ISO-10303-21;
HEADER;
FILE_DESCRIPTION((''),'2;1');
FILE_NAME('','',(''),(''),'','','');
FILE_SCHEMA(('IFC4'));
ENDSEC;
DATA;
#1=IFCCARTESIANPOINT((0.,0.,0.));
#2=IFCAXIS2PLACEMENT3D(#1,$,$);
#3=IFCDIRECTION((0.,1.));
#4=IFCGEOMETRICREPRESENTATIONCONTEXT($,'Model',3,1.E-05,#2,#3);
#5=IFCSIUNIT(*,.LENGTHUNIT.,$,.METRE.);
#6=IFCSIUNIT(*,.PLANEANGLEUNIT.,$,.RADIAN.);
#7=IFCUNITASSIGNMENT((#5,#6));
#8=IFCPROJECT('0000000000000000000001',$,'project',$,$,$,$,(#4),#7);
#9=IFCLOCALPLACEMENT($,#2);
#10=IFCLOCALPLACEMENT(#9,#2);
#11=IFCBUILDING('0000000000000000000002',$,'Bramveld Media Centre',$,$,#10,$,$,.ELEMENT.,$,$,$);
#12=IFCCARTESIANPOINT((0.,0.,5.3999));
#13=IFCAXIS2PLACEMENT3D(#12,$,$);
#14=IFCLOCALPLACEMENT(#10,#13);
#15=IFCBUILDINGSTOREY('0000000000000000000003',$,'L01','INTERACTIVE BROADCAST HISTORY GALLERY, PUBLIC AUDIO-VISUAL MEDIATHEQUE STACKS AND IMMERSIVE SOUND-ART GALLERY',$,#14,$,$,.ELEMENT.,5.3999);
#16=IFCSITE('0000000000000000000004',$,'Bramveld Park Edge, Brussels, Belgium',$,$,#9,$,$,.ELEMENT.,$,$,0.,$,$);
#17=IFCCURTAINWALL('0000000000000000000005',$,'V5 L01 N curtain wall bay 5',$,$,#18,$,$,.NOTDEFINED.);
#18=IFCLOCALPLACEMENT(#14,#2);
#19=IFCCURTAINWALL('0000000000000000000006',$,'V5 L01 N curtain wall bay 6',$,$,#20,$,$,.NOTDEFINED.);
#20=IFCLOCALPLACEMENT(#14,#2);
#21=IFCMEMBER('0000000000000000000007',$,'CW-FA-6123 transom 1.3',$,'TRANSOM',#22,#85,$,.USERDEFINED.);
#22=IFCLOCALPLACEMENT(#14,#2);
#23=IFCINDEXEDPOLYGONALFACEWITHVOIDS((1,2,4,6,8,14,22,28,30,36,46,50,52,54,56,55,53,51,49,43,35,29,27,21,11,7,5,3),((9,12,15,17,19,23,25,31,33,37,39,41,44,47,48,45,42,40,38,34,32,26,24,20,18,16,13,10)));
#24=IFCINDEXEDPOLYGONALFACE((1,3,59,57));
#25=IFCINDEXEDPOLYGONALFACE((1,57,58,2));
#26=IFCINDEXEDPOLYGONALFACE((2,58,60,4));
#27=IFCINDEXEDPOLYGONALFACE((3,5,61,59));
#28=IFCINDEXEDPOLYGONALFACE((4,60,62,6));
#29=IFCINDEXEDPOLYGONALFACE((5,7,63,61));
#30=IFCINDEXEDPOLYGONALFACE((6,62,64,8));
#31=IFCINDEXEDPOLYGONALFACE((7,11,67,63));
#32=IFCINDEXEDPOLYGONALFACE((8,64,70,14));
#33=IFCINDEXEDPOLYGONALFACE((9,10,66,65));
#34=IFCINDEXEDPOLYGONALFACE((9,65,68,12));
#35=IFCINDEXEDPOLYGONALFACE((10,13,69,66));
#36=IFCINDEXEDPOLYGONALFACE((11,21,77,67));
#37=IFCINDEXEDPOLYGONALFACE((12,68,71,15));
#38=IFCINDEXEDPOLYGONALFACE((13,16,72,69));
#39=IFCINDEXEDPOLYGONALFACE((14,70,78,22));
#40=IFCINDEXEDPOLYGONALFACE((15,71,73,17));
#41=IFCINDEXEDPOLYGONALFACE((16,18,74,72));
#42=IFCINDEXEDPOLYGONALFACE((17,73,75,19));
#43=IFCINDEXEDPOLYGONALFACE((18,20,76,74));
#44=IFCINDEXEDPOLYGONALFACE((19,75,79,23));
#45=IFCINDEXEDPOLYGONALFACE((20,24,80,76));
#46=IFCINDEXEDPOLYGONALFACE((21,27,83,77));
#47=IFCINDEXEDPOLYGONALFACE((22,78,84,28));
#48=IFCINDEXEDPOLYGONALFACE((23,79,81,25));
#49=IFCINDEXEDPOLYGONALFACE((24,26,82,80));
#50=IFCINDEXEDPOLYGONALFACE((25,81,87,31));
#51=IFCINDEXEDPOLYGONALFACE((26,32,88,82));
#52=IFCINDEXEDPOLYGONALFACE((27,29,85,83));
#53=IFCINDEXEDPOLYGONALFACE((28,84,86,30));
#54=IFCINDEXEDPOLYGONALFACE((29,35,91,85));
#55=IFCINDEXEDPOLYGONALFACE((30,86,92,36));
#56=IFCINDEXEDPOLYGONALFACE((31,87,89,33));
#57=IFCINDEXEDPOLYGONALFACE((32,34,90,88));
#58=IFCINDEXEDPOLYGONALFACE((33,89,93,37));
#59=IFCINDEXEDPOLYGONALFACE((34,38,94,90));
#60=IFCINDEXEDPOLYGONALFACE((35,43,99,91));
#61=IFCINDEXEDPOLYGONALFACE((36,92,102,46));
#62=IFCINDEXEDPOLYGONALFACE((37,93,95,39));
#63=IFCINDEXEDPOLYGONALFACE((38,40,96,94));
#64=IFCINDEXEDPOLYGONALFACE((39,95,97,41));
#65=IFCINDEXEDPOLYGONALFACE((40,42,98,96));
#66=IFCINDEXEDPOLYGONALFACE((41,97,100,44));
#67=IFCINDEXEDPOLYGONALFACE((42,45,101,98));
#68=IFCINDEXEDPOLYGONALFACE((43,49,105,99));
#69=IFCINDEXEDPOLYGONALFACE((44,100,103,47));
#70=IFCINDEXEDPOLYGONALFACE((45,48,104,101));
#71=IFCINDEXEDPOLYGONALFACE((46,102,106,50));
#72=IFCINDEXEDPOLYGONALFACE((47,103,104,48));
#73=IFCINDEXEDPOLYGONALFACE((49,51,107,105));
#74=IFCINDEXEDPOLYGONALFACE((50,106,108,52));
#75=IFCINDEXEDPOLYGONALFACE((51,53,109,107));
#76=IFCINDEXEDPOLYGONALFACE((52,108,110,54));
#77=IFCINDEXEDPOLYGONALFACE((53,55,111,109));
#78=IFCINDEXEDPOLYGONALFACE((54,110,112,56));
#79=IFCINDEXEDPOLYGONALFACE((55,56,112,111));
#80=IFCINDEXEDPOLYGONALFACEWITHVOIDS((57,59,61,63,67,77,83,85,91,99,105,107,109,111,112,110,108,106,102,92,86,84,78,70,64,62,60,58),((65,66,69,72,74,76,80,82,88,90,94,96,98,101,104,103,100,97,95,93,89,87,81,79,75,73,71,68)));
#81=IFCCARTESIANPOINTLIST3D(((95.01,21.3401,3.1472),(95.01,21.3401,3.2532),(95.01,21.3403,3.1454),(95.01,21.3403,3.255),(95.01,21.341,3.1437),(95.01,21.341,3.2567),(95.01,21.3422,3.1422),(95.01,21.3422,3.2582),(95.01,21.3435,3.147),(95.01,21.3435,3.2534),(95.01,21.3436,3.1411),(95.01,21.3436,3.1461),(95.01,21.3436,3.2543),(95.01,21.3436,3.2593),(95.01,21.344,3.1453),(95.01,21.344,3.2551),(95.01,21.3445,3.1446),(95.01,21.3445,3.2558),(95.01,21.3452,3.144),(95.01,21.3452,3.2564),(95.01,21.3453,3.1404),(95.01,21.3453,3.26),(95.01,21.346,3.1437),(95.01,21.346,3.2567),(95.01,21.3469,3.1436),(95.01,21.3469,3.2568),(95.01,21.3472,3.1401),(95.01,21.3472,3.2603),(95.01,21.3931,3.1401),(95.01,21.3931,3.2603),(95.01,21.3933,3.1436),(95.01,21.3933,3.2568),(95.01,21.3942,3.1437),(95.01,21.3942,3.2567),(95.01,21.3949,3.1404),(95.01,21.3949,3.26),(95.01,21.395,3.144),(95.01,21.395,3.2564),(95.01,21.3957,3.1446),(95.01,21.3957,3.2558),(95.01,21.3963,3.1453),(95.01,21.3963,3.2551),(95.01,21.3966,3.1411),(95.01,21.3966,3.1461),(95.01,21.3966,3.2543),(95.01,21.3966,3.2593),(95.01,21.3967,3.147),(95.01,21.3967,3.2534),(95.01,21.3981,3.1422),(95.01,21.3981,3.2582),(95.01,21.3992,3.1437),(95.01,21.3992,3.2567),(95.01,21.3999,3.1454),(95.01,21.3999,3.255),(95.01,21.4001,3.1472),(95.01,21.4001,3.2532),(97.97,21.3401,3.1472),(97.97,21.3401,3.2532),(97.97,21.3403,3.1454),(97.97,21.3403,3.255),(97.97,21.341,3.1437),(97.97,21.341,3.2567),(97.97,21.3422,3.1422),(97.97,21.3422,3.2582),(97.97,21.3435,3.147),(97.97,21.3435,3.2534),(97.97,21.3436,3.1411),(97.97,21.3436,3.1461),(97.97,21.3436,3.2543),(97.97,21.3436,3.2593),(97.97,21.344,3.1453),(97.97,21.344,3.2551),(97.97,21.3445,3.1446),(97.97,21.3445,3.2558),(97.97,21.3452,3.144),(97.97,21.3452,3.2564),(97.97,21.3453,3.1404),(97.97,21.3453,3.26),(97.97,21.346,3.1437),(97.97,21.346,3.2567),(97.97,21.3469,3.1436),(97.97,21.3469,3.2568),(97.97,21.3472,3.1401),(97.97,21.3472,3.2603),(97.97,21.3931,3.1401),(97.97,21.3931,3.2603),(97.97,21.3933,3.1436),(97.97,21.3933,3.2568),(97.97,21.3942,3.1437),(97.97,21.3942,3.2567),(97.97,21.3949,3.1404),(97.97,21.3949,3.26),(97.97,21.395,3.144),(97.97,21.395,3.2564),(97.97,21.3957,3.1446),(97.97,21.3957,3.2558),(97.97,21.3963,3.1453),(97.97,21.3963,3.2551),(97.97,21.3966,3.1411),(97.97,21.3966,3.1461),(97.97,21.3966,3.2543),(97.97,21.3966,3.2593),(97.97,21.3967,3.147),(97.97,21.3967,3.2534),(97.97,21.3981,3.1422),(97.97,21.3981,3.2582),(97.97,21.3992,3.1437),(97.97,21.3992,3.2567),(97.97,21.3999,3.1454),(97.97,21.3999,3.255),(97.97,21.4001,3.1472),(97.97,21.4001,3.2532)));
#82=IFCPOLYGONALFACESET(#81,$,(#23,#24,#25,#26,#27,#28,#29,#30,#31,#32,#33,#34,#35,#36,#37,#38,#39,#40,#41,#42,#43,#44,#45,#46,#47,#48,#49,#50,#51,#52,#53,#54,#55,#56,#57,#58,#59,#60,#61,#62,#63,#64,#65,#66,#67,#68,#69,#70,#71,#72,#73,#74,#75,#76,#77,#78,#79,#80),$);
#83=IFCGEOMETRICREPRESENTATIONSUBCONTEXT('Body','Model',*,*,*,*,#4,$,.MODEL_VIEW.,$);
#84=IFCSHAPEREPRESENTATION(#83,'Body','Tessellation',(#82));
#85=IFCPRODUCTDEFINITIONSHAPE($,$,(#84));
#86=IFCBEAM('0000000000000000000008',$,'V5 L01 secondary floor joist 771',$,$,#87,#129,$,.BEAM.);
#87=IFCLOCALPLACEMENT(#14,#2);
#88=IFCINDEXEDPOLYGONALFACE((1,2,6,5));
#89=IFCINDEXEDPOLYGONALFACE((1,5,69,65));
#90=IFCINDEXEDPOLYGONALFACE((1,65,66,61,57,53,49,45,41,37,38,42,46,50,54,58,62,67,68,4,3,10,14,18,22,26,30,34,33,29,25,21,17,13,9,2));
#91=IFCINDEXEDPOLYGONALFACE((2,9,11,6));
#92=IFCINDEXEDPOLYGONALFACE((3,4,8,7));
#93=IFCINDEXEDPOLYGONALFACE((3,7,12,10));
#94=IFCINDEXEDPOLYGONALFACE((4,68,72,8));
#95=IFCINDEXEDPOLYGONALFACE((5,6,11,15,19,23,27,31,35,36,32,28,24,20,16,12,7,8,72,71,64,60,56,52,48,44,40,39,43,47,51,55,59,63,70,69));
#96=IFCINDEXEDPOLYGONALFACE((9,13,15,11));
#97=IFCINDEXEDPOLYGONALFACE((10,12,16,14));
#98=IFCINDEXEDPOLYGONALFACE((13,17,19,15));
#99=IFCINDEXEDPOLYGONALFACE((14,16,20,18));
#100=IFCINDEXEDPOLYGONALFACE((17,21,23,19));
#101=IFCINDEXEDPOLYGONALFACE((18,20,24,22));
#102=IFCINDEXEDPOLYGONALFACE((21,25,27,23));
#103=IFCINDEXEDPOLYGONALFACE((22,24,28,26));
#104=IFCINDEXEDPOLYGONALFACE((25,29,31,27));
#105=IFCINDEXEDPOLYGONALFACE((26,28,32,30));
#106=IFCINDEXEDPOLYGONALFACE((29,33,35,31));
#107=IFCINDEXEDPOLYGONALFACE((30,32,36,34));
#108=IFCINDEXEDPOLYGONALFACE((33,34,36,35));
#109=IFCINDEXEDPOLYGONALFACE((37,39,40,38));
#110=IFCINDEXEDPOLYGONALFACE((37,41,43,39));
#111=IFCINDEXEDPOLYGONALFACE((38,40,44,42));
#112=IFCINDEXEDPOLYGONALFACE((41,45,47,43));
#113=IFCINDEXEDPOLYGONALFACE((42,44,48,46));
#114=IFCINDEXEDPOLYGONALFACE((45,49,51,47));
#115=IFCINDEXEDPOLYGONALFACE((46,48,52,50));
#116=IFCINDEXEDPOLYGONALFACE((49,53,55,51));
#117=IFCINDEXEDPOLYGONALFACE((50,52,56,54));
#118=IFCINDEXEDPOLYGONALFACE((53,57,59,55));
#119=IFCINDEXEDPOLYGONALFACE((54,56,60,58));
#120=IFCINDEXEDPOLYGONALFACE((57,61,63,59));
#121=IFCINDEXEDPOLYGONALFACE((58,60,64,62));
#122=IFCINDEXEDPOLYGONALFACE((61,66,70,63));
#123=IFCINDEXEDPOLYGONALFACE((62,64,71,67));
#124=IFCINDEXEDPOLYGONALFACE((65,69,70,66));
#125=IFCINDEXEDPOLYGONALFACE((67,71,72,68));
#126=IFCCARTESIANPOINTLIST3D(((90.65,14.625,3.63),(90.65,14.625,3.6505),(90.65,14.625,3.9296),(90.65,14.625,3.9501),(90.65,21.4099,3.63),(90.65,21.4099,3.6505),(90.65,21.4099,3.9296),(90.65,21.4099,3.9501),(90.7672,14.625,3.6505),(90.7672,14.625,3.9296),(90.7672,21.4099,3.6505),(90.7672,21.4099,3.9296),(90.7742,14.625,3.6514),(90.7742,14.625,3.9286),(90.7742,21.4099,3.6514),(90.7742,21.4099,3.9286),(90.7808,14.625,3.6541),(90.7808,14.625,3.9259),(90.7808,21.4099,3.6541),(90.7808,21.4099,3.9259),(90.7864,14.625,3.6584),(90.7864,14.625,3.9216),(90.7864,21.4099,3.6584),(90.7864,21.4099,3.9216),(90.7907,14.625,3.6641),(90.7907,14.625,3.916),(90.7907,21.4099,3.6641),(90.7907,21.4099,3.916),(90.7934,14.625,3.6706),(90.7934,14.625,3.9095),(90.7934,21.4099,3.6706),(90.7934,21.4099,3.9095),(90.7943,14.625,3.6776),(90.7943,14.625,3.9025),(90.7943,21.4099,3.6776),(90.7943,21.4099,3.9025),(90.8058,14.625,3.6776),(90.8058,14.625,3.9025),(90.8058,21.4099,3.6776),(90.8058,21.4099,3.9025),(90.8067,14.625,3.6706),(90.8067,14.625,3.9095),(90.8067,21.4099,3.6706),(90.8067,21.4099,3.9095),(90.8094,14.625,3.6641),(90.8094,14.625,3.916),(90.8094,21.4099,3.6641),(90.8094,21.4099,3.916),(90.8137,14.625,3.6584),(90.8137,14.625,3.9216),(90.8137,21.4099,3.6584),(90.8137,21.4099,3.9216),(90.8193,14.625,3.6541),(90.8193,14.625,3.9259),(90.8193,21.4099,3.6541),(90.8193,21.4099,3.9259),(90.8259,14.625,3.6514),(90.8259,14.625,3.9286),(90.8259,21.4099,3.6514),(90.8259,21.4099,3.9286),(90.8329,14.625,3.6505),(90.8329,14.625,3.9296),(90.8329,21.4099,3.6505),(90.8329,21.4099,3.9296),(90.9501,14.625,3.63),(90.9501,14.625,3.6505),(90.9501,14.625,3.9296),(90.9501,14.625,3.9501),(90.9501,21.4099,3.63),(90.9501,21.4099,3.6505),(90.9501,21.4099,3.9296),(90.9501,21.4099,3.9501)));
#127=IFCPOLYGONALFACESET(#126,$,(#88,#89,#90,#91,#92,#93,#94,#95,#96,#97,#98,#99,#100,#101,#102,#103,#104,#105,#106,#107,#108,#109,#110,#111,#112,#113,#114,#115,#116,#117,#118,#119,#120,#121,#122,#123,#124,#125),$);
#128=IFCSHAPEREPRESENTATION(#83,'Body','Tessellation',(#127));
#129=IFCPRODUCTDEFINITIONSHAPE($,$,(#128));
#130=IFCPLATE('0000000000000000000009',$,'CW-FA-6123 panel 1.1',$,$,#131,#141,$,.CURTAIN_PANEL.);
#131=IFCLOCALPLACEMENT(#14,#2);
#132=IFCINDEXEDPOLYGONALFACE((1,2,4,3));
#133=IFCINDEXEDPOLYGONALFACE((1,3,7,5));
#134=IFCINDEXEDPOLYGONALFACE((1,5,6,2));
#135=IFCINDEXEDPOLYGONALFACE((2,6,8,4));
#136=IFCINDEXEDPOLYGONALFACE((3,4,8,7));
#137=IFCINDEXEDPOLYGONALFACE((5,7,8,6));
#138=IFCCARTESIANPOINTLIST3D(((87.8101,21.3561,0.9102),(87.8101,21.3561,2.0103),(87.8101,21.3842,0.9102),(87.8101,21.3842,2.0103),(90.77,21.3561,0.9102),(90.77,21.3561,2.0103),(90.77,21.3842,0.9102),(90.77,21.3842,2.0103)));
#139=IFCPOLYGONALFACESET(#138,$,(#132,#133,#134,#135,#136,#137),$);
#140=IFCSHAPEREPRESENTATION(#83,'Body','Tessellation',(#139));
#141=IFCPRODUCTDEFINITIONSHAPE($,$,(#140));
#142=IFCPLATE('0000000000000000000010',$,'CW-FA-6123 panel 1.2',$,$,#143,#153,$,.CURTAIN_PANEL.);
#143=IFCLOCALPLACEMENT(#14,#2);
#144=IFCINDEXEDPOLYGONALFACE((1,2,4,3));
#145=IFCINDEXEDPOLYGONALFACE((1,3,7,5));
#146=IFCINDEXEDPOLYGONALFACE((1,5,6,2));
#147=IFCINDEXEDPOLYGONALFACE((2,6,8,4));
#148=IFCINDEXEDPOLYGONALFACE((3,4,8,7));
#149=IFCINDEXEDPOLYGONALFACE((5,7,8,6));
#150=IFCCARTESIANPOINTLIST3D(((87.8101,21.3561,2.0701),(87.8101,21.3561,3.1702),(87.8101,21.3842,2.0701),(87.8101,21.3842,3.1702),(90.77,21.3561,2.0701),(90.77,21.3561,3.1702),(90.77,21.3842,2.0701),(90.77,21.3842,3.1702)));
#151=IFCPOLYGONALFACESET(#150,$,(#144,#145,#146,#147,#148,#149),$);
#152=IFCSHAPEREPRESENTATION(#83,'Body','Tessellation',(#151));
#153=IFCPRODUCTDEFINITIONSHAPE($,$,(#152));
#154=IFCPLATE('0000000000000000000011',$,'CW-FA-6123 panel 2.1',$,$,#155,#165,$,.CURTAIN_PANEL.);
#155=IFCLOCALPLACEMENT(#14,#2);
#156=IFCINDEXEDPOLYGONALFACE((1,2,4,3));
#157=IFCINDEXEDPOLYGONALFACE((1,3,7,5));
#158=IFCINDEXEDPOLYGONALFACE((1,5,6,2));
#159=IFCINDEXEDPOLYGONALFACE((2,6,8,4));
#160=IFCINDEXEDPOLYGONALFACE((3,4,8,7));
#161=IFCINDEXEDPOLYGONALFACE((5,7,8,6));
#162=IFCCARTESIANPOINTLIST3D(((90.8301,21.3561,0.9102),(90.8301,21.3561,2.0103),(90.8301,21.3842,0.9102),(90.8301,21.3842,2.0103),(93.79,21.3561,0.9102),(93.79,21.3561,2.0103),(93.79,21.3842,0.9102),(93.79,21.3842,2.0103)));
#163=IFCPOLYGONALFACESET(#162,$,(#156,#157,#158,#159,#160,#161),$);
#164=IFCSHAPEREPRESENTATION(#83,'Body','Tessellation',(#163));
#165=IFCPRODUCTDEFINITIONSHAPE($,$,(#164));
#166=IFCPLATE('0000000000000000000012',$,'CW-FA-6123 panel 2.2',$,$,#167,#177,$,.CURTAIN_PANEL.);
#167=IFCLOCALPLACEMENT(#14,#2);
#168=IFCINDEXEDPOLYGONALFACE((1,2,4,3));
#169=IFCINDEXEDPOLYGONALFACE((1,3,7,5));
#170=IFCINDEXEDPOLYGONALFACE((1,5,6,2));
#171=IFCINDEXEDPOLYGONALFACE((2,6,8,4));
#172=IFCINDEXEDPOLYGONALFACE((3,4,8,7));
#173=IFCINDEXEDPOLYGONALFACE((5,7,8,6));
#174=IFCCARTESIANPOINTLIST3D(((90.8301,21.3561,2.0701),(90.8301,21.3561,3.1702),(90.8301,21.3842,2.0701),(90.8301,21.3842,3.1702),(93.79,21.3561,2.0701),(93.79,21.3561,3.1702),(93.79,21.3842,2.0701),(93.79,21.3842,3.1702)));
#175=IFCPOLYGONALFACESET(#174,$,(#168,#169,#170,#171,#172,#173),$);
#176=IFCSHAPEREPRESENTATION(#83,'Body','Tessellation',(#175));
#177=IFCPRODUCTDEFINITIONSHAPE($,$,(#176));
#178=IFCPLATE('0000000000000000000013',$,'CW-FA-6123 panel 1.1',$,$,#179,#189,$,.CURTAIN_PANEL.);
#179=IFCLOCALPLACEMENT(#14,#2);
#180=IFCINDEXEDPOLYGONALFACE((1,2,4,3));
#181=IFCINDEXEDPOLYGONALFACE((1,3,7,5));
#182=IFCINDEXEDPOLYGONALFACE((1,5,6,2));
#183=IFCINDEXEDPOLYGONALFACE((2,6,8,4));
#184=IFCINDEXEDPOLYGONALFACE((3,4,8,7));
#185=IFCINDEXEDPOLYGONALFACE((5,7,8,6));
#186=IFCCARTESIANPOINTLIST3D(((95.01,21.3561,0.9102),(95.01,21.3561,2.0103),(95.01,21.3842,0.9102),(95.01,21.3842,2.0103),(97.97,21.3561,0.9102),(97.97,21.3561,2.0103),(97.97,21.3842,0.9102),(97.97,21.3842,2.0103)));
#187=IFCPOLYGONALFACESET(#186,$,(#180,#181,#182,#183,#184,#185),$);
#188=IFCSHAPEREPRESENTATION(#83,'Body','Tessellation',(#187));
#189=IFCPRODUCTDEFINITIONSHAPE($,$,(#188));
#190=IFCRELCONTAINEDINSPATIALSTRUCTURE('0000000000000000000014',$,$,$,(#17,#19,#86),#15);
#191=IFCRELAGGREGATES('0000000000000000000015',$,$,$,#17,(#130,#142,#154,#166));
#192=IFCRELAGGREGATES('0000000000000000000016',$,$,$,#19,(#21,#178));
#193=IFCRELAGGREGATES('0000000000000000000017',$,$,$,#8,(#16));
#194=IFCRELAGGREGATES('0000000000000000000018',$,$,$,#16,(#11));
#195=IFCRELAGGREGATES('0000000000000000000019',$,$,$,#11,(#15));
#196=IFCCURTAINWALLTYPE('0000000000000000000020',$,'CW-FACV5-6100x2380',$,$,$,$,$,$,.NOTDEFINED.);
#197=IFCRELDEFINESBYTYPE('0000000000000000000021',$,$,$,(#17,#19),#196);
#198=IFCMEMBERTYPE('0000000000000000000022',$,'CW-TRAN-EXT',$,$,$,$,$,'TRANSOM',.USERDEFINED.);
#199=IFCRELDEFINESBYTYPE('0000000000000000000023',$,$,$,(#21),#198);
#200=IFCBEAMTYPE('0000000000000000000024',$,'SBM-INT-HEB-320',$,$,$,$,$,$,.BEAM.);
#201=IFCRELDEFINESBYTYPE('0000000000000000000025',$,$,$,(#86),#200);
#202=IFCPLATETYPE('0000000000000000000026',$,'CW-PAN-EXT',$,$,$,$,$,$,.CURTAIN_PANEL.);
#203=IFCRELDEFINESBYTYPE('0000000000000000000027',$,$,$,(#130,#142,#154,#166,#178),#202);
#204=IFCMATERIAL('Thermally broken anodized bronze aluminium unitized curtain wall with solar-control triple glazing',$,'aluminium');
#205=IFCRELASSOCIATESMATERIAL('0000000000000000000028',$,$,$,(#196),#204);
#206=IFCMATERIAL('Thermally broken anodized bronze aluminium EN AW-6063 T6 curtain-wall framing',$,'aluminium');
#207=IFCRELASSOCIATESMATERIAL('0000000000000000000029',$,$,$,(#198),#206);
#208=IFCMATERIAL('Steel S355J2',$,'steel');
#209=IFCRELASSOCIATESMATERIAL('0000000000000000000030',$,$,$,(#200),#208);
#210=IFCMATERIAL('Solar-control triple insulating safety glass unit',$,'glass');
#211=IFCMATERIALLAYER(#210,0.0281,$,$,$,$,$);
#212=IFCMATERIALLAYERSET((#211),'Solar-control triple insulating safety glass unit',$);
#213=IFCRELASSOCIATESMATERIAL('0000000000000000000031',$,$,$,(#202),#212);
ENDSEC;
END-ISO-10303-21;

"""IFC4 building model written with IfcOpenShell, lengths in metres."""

from ifc_helpers import new_model, si_unit, direction, frame, origin, origin_2d, place, context, subcontext, project, spatial, rectangle, hollow_rectangle, i_section, extrude, material, layer, layer_set, material_profile, profile_set, type_object, element, aggregate, save


model = new_model("IFC4")

# Units and contexts
model_context = context("Model", 3, precision=1e-05, world=origin(), true_north=direction((0.0, 1.0)))
body_context = subcontext(model_context, "Body", "Model", "MODEL_VIEW")
ifc_project = project(units=[si_unit("LENGTHUNIT", "METRE"), si_unit("PLANEANGLEUNIT", "RADIAN")], contexts=[model_context])

# Site, building, storey
site_placement = place(None, origin())
site = spatial("IfcSite", under=ifc_project, at=site_placement, Name="Bramveld Park Edge, Brussels, Belgium", CompositionType="ELEMENT", RefElevation=0.0)
building_placement = place(site_placement, origin())
building = spatial("IfcBuilding", under=site, at=building_placement, Name="Bramveld Media Centre", CompositionType="ELEMENT")
storey_placement = place(building_placement, frame((0.0, 0.0, 5.3999)))
storey = spatial("IfcBuildingStorey", under=building, at=storey_placement, Name="L01", Description="INTERACTIVE BROADCAST HISTORY GALLERY, PUBLIC AUDIO-VISUAL MEDIATHEQUE STACKS AND IMMERSIVE SOUND-ART GALLERY", CompositionType="ELEMENT", Elevation=5.3999)

# Curtain wall
ifc_material_1 = material(Name="Thermally broken anodized bronze aluminium unitized curtain wall with solar-control triple glazing", Category="aluminium")
curtain_wall_type = type_object("IfcCurtainWallType", Name="CW-FACV5-6100x2380", PredefinedType="NOTDEFINED", material=ifc_material_1)
curtain_wall_1_placement = place(storey_placement, origin())
curtain_wall_1 = element("IfcCurtainWall", 1, at=curtain_wall_1_placement, inside=storey, type_object=curtain_wall_type, Name="V5 L01 N curtain wall bay 5", PredefinedType="NOTDEFINED")

# Curtain wall
curtain_wall_2_placement = place(storey_placement, origin())
curtain_wall_2 = element("IfcCurtainWall", 2, at=curtain_wall_2_placement, inside=storey, type_object=curtain_wall_type, Name="V5 L01 N curtain wall bay 6", PredefinedType="NOTDEFINED")

# Member
ifc_material_2 = material(Name="Thermally broken anodized bronze aluminium EN AW-6063 T6 curtain-wall framing", Category="aluminium")
ifc_material_profile_1 = material_profile(ifc_material_2, hollow_rectangle(XDim=0.0601, YDim=0.1201, WallThickness=0.0034, InnerFilletRadius=0.0034, OuterFilletRadius=0.0071, at=origin_2d()), Name="AL-TRAN 60x120")
ifc_profile_set_1 = profile_set([ifc_material_profile_1], Name="Thermally broken anodized bronze aluminium EN AW-6063 T6 curtain-wall framing")
member_type_1 = type_object("IfcMemberType", Name="CW-TRAN-EXT", ElementType="TRANSOM", PredefinedType="USERDEFINED", material=ifc_profile_set_1)
member_1_placement = place(storey_placement, frame((95.01, 21.3701, 3.2002), z_axis=(1.0, 0.0, 0.0), x_axis=(0.0, 1.0, 0.0)))
member_1 = element("IfcMember", 3, at=member_1_placement, type_object=member_type_1, Name="CW-FA-6123 transom 1.3", ObjectType="TRANSOM", PredefinedType="USERDEFINED", context=body_context, shape_type="SweptSolid", body=[
    extrude(hollow_rectangle(XDim=0.0601, YDim=0.1201, WallThickness=0.0034, InnerFilletRadius=0.0034, OuterFilletRadius=0.0071, at=origin_2d()), origin(), (0.0, 0.0, 1.0), 2.96),
])

# Beam
ifc_material_3 = material(Name="Steel S355J2", Category="steel")
ifc_material_profile_2 = material_profile(ifc_material_3, i_section(OverallWidth=0.3, OverallDepth=0.3201, WebThickness=0.0115, FlangeThickness=0.0205, FilletRadius=0.0271, at=origin_2d()), Name="HEB 320")
ifc_profile_set_2 = profile_set([ifc_material_profile_2], Name="Steel S355J2")
beam_type_1 = type_object("IfcBeamType", Name="SBM-INT-HEB-320", PredefinedType="BEAM", material=ifc_profile_set_2)
beam_placement = place(storey_placement, frame((90.8, 14.625, 3.79), z_axis=(0.0, 1.0, 0.0), x_axis=(-1.0, 0.0, 0.0)))
element("IfcBeam", 4, at=beam_placement, inside=storey, type_object=beam_type_1, Name="V5 L01 secondary floor joist 771", PredefinedType="BEAM", context=body_context, shape_type="SweptSolid", body=[
    extrude(i_section(OverallWidth=0.3, OverallDepth=0.3201, WebThickness=0.0115, FlangeThickness=0.0205, FilletRadius=0.0271, at=origin_2d()), origin(), (0.0, 0.0, 1.0), 6.7849),
])

# Plates
ifc_material_4 = material(Name="Solar-control triple insulating safety glass unit", Category="glass")
ifc_layer = layer(ifc_material_4, 0.0281)
ifc_layer_set = layer_set([ifc_layer], Name="Solar-control triple insulating safety glass unit")
plate_type = type_object("IfcPlateType", Name="CW-PAN-EXT", PredefinedType="CURTAIN_PANEL", material=ifc_layer_set)
plate_1_placement = place(storey_placement, frame((89.29, 21.3701, 0.9102), z_axis=(0.0, 0.0, 1.0), x_axis=(1.0, 0.0, 0.0)))
plate_1 = element("IfcPlate", 5, at=plate_1_placement, type_object=plate_type, Name="CW-FA-6123 panel 1.1", PredefinedType="CURTAIN_PANEL", context=body_context, shape_type="SweptSolid", body=[
    extrude(rectangle(XDim=2.96, YDim=0.0281, at=origin_2d()), origin(), (0.0, 0.0, 1.0), 1.1001),
])
plate_2_placement = place(storey_placement, frame((89.29, 21.3701, 2.0701), z_axis=(0.0, 0.0, 1.0), x_axis=(1.0, 0.0, 0.0)))
plate_2 = element("IfcPlate", 6, at=plate_2_placement, type_object=plate_type, Name="CW-FA-6123 panel 1.2", PredefinedType="CURTAIN_PANEL", context=body_context, shape_type="SweptSolid", body=[
    extrude(rectangle(XDim=2.96, YDim=0.0281, at=origin_2d()), origin(), (0.0, 0.0, 1.0), 1.1001),
])
plate_3_placement = place(storey_placement, frame((92.3101, 21.3701, 0.9102), z_axis=(0.0, 0.0, 1.0), x_axis=(1.0, 0.0, 0.0)))
plate_3 = element("IfcPlate", 7, at=plate_3_placement, type_object=plate_type, Name="CW-FA-6123 panel 2.1", PredefinedType="CURTAIN_PANEL", context=body_context, shape_type="SweptSolid", body=[
    extrude(rectangle(XDim=2.96, YDim=0.0281, at=origin_2d()), origin(), (0.0, 0.0, 1.0), 1.1001),
])
plate_4_placement = place(storey_placement, frame((92.3101, 21.3701, 2.0701), z_axis=(0.0, 0.0, 1.0), x_axis=(1.0, 0.0, 0.0)))
plate_4 = element("IfcPlate", 8, at=plate_4_placement, type_object=plate_type, Name="CW-FA-6123 panel 2.2", PredefinedType="CURTAIN_PANEL", context=body_context, shape_type="SweptSolid", body=[
    extrude(rectangle(XDim=2.96, YDim=0.0281, at=origin_2d()), origin(), (0.0, 0.0, 1.0), 1.1001),
])
aggregate(curtain_wall_1, [plate_1, plate_2, plate_3, plate_4])
plate_5_placement = place(storey_placement, frame((96.49, 21.3701, 0.9102), z_axis=(0.0, 0.0, 1.0), x_axis=(1.0, 0.0, 0.0)))
plate_5 = element("IfcPlate", 9, at=plate_5_placement, type_object=plate_type, Name="CW-FA-6123 panel 1.1", PredefinedType="CURTAIN_PANEL", context=body_context, shape_type="SweptSolid", body=[
    extrude(rectangle(XDim=2.96, YDim=0.0281, at=origin_2d()), origin(), (0.0, 0.0, 1.0), 1.1001),
])
aggregate(curtain_wall_2, [member_1, plate_5])

save(model, "model.ifc")
